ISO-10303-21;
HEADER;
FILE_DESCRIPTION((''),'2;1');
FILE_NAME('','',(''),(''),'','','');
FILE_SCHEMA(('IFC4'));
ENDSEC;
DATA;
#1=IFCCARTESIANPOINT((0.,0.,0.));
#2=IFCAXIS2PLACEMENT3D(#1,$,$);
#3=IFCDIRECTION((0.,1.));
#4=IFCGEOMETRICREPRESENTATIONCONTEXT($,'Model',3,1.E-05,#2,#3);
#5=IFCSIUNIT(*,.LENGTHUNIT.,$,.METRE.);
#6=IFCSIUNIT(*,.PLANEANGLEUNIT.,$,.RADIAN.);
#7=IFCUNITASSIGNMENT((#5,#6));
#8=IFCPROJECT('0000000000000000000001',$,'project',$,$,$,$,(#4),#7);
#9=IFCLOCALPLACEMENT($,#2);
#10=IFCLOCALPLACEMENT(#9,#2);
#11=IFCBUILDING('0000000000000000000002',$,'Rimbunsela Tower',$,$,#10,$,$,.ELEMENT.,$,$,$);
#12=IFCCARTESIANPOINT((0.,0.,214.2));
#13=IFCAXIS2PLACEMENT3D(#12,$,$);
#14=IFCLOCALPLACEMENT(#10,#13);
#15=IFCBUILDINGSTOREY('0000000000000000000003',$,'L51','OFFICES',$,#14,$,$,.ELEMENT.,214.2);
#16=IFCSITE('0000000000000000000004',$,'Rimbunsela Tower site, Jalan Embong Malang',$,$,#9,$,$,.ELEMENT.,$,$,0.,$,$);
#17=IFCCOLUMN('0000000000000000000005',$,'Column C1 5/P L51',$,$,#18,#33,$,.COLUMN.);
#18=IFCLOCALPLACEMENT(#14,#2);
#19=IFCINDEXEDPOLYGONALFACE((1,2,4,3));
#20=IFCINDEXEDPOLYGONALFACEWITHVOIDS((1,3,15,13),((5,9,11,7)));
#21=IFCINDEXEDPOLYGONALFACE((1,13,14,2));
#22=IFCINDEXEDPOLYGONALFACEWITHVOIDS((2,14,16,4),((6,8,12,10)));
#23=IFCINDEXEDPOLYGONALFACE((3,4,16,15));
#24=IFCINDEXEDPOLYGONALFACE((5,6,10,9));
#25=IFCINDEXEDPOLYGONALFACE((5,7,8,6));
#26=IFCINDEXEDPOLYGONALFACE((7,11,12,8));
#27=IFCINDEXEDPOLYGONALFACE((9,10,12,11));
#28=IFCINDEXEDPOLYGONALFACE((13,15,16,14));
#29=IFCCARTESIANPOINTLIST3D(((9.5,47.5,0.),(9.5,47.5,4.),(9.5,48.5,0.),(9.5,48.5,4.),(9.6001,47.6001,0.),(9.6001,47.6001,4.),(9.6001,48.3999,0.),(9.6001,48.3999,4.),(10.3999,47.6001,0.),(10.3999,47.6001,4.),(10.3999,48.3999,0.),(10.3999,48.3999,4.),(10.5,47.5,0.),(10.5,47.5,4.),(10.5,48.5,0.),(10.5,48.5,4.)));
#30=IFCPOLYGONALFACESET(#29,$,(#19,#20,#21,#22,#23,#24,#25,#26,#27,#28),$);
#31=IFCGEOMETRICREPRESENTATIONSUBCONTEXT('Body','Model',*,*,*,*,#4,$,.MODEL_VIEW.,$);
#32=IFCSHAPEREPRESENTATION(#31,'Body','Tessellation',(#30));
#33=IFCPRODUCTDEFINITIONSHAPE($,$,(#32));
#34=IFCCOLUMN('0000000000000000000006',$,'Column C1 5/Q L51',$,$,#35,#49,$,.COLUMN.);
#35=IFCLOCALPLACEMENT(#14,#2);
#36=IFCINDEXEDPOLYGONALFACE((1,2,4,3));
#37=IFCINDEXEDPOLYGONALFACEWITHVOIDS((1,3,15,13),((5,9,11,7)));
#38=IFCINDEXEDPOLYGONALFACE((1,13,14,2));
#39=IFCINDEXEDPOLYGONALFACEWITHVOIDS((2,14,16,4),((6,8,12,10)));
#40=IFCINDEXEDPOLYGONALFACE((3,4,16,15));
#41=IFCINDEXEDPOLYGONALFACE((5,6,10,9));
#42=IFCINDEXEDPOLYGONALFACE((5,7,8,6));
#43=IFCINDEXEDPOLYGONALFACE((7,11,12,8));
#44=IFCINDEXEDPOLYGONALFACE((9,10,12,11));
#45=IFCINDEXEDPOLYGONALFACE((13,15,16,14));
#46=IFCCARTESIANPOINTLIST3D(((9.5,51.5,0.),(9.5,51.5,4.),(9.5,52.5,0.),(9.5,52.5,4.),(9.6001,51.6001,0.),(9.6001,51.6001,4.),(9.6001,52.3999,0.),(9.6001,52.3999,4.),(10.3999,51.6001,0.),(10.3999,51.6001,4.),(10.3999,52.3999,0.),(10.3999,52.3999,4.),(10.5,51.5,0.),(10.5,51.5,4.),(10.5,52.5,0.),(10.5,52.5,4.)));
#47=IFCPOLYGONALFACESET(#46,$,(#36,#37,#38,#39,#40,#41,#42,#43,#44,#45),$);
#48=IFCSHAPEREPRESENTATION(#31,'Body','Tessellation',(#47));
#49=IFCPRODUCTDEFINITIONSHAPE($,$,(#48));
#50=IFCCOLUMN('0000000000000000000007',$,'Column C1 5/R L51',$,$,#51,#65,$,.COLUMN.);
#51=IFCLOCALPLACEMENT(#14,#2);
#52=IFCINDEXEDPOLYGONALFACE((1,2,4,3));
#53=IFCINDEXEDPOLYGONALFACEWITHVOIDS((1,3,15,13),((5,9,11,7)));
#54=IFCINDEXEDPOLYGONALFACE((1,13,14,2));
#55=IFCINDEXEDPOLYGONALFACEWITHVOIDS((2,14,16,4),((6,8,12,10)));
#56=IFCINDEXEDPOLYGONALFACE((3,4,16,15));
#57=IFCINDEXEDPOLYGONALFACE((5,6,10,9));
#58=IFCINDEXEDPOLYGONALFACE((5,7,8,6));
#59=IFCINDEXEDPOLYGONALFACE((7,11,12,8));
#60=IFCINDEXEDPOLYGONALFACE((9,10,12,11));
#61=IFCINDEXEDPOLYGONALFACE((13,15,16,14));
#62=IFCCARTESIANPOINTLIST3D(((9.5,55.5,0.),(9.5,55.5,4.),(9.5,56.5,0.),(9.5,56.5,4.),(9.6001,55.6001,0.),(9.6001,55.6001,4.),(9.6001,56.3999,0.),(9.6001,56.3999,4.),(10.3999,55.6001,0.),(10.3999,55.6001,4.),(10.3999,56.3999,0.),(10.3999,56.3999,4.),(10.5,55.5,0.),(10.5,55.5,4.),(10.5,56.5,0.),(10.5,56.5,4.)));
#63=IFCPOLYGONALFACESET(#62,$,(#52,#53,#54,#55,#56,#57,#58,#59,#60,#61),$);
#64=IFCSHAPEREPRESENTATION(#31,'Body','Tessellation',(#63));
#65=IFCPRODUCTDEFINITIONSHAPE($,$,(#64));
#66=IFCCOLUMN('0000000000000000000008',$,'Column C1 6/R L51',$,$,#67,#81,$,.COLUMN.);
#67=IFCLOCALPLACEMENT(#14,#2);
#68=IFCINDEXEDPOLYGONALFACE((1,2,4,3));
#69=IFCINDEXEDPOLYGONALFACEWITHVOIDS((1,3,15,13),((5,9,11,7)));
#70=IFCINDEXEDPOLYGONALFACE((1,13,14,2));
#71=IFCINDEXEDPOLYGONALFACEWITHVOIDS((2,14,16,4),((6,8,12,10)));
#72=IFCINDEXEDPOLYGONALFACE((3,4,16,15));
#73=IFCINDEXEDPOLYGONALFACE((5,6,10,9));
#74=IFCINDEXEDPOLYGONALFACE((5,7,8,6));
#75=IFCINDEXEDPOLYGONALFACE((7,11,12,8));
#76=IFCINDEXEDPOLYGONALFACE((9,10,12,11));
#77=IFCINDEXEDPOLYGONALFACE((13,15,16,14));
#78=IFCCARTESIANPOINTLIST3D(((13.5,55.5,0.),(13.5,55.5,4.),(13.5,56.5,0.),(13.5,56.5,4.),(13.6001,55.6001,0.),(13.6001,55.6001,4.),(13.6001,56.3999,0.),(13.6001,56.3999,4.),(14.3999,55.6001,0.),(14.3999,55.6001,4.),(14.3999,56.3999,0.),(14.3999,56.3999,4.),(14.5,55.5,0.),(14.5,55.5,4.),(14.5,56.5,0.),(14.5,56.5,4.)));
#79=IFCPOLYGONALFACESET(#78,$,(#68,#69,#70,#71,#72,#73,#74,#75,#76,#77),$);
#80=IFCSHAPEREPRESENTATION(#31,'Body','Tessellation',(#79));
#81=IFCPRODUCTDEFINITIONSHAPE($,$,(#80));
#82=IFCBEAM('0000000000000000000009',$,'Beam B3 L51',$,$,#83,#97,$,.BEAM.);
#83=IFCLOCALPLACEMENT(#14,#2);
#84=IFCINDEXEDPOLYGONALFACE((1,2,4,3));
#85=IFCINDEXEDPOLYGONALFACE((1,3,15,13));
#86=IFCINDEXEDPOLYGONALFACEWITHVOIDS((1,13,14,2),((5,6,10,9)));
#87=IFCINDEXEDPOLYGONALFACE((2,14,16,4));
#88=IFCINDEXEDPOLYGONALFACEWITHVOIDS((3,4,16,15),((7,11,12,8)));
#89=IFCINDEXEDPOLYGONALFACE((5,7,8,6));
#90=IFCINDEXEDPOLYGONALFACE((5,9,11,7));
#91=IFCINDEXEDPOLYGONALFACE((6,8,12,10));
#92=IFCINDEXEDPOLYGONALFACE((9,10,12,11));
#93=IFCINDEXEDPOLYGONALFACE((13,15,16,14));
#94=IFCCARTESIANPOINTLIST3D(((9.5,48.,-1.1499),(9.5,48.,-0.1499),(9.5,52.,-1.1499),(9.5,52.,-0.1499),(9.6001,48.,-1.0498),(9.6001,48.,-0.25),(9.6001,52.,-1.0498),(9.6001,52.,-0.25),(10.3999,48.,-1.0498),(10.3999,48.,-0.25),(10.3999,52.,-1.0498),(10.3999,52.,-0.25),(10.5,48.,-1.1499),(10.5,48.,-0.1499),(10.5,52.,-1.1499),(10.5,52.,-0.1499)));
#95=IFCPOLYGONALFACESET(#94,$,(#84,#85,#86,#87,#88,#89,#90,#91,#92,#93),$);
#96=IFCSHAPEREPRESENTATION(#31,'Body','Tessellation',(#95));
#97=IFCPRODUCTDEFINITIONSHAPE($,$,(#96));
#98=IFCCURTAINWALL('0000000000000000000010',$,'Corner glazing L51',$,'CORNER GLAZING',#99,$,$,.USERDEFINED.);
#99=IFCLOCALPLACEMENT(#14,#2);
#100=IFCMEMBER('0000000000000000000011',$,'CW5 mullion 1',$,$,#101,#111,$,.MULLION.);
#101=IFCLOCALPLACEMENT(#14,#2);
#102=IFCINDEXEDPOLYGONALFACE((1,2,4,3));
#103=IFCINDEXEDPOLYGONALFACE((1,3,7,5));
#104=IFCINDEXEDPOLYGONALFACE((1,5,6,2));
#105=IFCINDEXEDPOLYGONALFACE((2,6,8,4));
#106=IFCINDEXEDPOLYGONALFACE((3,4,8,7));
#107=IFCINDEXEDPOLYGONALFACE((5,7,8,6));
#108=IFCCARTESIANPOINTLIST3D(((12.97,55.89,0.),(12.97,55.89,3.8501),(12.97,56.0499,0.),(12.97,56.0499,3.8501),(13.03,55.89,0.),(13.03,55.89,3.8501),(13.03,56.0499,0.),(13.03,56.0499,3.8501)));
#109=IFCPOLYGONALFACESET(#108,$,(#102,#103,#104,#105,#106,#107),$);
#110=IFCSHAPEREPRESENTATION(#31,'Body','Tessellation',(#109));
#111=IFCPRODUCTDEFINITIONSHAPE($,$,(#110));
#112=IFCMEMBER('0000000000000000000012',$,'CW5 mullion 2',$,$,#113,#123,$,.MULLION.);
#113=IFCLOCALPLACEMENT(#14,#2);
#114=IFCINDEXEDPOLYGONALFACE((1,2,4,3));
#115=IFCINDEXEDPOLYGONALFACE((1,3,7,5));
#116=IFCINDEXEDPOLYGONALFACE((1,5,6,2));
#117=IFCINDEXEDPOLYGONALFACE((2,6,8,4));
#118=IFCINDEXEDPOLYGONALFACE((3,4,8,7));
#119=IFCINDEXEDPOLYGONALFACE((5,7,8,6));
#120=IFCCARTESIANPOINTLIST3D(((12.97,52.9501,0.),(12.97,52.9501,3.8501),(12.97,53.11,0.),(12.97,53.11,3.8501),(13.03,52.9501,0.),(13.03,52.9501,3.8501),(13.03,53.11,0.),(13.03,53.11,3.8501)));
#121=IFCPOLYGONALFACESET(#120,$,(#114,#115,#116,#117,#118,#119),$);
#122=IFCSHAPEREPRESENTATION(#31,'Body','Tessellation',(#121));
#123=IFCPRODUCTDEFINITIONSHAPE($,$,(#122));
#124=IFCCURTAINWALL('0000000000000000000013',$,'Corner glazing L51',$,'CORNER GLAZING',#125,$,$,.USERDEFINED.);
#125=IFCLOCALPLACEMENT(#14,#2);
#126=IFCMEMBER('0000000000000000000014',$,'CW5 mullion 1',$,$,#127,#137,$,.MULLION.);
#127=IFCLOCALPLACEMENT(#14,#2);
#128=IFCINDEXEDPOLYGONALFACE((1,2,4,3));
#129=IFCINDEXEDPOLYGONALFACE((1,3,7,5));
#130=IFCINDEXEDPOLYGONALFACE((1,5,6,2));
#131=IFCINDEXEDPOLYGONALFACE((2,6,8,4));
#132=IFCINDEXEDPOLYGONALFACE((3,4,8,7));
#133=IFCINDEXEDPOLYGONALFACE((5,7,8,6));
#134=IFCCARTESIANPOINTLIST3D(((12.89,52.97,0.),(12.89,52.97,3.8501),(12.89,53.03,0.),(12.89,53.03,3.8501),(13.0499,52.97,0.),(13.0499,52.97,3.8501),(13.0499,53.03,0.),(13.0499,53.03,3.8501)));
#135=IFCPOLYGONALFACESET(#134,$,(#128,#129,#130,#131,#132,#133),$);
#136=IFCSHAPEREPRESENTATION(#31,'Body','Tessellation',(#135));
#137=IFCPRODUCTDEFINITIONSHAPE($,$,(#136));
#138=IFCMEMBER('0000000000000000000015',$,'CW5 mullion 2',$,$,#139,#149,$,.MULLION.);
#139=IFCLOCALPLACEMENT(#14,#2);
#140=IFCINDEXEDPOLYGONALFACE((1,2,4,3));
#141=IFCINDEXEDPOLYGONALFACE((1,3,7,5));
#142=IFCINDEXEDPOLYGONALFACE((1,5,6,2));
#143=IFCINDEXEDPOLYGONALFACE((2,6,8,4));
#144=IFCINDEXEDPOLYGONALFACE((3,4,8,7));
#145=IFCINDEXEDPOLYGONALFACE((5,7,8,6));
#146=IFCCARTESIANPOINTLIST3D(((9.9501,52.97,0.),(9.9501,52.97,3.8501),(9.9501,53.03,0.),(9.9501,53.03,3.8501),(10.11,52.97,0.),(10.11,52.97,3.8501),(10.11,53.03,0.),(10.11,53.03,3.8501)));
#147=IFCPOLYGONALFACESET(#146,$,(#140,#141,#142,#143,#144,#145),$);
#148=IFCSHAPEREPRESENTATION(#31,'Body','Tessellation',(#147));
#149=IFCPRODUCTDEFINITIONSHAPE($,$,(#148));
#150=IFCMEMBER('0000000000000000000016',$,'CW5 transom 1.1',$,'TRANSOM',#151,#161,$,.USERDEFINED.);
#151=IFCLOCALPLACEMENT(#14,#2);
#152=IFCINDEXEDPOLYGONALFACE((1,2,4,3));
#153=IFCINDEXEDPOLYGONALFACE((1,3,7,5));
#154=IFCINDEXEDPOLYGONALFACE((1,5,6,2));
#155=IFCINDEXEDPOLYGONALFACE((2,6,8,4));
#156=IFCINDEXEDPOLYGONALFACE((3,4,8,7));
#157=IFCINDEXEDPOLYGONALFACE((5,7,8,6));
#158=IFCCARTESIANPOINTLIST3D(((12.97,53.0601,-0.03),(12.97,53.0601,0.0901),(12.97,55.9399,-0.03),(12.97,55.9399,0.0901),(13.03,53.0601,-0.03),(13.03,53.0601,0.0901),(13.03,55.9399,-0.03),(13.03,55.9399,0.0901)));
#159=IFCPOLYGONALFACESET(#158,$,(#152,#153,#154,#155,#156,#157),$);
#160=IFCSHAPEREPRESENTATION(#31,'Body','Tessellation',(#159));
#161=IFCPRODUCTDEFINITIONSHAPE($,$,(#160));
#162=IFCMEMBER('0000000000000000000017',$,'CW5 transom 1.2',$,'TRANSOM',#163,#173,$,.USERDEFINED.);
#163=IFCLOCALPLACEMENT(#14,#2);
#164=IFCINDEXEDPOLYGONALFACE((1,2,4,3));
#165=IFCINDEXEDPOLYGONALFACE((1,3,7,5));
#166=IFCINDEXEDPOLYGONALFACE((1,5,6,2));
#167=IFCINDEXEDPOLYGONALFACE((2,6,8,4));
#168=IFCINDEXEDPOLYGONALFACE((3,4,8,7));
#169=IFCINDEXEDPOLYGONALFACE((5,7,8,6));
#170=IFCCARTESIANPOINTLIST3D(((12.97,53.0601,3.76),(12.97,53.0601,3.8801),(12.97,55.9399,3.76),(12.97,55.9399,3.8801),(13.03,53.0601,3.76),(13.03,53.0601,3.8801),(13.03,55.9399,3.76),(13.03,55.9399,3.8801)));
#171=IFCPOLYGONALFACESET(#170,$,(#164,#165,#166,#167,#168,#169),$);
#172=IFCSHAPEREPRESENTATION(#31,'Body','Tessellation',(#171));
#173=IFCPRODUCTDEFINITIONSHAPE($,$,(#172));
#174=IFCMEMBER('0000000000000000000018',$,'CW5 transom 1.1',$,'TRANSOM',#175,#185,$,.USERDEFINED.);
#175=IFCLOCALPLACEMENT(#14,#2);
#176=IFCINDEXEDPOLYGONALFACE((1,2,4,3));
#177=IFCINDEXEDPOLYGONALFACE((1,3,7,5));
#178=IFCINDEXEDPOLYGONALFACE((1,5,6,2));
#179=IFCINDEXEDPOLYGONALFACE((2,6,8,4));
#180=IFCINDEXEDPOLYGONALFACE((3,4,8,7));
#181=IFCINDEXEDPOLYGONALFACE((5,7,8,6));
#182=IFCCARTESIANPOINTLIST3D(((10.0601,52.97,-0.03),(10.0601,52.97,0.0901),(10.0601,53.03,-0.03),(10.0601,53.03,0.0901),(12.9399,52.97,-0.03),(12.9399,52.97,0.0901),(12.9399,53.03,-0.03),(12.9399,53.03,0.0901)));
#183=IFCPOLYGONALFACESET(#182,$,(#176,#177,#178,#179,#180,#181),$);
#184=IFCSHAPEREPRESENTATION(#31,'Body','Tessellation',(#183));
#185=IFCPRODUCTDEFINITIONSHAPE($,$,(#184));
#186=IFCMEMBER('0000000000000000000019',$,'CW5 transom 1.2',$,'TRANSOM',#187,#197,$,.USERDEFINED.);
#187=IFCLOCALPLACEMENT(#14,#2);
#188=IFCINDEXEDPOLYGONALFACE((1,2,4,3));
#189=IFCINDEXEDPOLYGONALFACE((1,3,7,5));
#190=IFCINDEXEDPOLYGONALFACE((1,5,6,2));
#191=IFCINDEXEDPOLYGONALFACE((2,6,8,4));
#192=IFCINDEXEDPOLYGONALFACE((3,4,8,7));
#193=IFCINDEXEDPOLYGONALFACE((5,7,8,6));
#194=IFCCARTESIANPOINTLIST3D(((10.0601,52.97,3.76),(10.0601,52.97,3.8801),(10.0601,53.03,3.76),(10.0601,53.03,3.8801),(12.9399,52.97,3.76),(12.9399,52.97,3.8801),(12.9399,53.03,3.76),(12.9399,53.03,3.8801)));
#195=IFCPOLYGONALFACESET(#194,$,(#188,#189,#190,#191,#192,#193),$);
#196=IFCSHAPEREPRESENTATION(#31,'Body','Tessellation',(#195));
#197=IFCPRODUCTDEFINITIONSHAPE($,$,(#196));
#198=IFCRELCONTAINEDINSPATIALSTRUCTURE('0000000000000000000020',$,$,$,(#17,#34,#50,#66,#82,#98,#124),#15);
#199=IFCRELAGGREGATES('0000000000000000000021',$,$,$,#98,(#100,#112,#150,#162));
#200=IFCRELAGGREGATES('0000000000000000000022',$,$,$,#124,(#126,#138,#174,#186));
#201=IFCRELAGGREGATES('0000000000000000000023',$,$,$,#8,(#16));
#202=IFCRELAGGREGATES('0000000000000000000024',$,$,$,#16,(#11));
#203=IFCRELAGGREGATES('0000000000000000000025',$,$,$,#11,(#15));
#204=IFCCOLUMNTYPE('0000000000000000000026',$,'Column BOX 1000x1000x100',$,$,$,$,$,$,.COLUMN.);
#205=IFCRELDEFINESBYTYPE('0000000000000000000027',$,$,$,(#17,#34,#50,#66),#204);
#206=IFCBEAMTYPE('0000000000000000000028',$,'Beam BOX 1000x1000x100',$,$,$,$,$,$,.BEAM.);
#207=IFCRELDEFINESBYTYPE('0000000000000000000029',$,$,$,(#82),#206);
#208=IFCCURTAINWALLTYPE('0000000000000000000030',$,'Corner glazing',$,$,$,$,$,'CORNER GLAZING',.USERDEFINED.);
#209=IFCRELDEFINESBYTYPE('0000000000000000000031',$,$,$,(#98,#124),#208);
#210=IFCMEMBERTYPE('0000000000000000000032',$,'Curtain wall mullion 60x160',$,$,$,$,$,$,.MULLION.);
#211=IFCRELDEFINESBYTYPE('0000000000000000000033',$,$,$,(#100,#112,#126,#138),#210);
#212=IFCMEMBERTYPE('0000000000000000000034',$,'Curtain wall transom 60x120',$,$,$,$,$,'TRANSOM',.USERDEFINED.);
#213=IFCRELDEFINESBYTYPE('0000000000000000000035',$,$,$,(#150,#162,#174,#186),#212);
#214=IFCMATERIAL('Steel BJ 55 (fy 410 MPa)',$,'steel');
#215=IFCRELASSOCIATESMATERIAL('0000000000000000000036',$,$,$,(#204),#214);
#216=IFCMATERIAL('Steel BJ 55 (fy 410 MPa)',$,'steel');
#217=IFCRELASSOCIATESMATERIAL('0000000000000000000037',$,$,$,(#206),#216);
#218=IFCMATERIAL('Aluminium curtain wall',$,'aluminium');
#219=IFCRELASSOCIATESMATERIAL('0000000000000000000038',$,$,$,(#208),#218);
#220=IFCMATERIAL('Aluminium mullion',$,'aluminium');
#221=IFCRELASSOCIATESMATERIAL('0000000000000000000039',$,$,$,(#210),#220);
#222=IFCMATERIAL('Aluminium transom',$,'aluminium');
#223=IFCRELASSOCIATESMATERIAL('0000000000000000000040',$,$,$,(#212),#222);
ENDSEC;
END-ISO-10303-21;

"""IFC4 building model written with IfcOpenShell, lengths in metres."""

from ifc_helpers import new_model, si_unit, direction, frame, origin, origin_2d, place, context, subcontext, project, spatial, rectangle, hollow_rectangle, extrude, material, material_profile, profile_set, type_object, element, aggregate, save


model = new_model("IFC4")

# Units and contexts
model_context = context("Model", 3, precision=1e-05, world=origin(), true_north=direction((0.0, 1.0)))
body_context = subcontext(model_context, "Body", "Model", "MODEL_VIEW")
ifc_project = project(units=[si_unit("LENGTHUNIT", "METRE"), si_unit("PLANEANGLEUNIT", "RADIAN")], contexts=[model_context])

# Site, building, storey
site_placement = place(None, origin())
site = spatial("IfcSite", under=ifc_project, at=site_placement, Name="Rimbunsela Tower site, Jalan Embong Malang", CompositionType="ELEMENT", RefElevation=0.0)
building_placement = place(site_placement, origin())
building = spatial("IfcBuilding", under=site, at=building_placement, Name="Rimbunsela Tower", CompositionType="ELEMENT")
storey_placement = place(building_placement, frame((0.0, 0.0, 214.2)))
storey = spatial("IfcBuildingStorey", under=building, at=storey_placement, Name="L51", Description="OFFICES", CompositionType="ELEMENT", Elevation=214.2)

# Columns
ifc_material_1 = material(Name="Steel BJ 55 (fy 410 MPa)", Category="steel")
ifc_material_profile_1 = material_profile(ifc_material_1, hollow_rectangle(XDim=1.0, YDim=1.0, WallThickness=0.1001, at=origin_2d()), Name="BOX 1000x1000x100")
ifc_profile_set_1 = profile_set([ifc_material_profile_1], Name="Steel BJ 55 (fy 410 MPa)")
column_type = type_object("IfcColumnType", Name="Column BOX 1000x1000x100", PredefinedType="COLUMN", material=ifc_profile_set_1)
for number, where, z_axis, x_axis, name in (
    (1, (10.0, 48.0, 0.0), (0.0, 0.0, 1.0), (1.0, 0.0, 0.0), "Column C1 5/P L51"),
    (2, (10.0, 52.0, 0.0), (0.0, 0.0, 1.0), (1.0, 0.0, 0.0), "Column C1 5/Q L51"),
    (3, (10.0, 56.0, 0.0), (0.0, 0.0, 1.0), (1.0, 0.0, 0.0), "Column C1 5/R L51"),
    (4, (14.0, 56.0, 0.0), (0.0, 0.0, 1.0), (1.0, 0.0, 0.0), "Column C1 6/R L51"),
):
    element("IfcColumn", number, at=place(storey_placement, frame(where, z_axis=z_axis, x_axis=x_axis)), inside=storey, type_object=column_type, Name=name, PredefinedType="COLUMN", context=body_context, shape_type="SweptSolid", body=[
        extrude(hollow_rectangle(XDim=1.0, YDim=1.0, WallThickness=0.1001, at=origin_2d()), origin(), (0.0, 0.0, 1.0), 4.0),
    ])

# Beam
ifc_material_2 = material(Name="Steel BJ 55 (fy 410 MPa)", Category="steel")
ifc_material_profile_2 = material_profile(ifc_material_2, hollow_rectangle(XDim=1.0, YDim=1.0, WallThickness=0.1001, at=origin_2d()), Name="BOX 1000x1000x100")
ifc_profile_set_2 = profile_set([ifc_material_profile_2], Name="Steel BJ 55 (fy 410 MPa)")
beam_type = type_object("IfcBeamType", Name="Beam BOX 1000x1000x100", PredefinedType="BEAM", material=ifc_profile_set_2)
beam_placement = place(storey_placement, frame((10.0, 48.0, -0.6499), z_axis=(0.0, 1.0, 0.0), x_axis=(-1.0, 0.0, 0.0)))
element("IfcBeam", 5, at=beam_placement, inside=storey, type_object=beam_type, Name="Beam B3 L51", PredefinedType="BEAM", context=body_context, shape_type="SweptSolid", body=[
    extrude(hollow_rectangle(XDim=1.0, YDim=1.0, WallThickness=0.1001, at=origin_2d()), origin(), (0.0, 0.0, 1.0), 4.0),
])

# Curtain walls, members
ifc_material_3 = material(Name="Aluminium curtain wall", Category="aluminium")
curtain_wall_type = type_object("IfcCurtainWallType", Name="Corner glazing", ElementType="CORNER GLAZING", PredefinedType="USERDEFINED", material=ifc_material_3)
curtain_wall_1_placement = place(storey_placement, origin())
curtain_wall_1 = element("IfcCurtainWall", 6, at=curtain_wall_1_placement, inside=storey, type_object=curtain_wall_type, Name="Corner glazing L51", ObjectType="CORNER GLAZING", PredefinedType="USERDEFINED")
ifc_material_4 = material(Name="Aluminium mullion", Category="aluminium")
ifc_material_profile_3 = material_profile(ifc_material_4, rectangle(XDim=0.0601, YDim=0.1599, at=origin_2d()), Name="Mullion 60x160")
ifc_profile_set_3 = profile_set([ifc_material_profile_3], Name="Aluminium mullion")
member_type_1 = type_object("IfcMemberType", Name="Curtain wall mullion 60x160", PredefinedType="MULLION", material=ifc_profile_set_3)
member_1_placement = place(storey_placement, frame((13.0, 55.97, 0.0), z_axis=(0.0, 0.0, 1.0), x_axis=(1.0, 0.0, 0.0)))
member_1 = element("IfcMember", 7, at=member_1_placement, type_object=member_type_1, Name="CW5 mullion 1", PredefinedType="MULLION", context=body_context, shape_type="SweptSolid", body=[
    extrude(rectangle(XDim=0.0601, YDim=0.1599, at=origin_2d()), origin(), (0.0, 0.0, 1.0), 3.8501),
])
member_2_placement = place(storey_placement, frame((13.0, 53.03, 0.0), z_axis=(0.0, 0.0, 1.0), x_axis=(1.0, 0.0, 0.0)))
member_2 = element("IfcMember", 8, at=member_2_placement, type_object=member_type_1, Name="CW5 mullion 2", PredefinedType="MULLION", context=body_context, shape_type="SweptSolid", body=[
    extrude(rectangle(XDim=0.0601, YDim=0.1599, at=origin_2d()), origin(), (0.0, 0.0, 1.0), 3.8501),
])
curtain_wall_2_placement = place(storey_placement, origin())
curtain_wall_2 = element("IfcCurtainWall", 9, at=curtain_wall_2_placement, inside=storey, type_object=curtain_wall_type, Name="Corner glazing L51", ObjectType="CORNER GLAZING", PredefinedType="USERDEFINED")
member_3_placement = place(storey_placement, frame((12.97, 53.0, 0.0), z_axis=(0.0, 0.0, 1.0), x_axis=(0.0, -1.0, 0.0)))
member_3 = element("IfcMember", 10, at=member_3_placement, type_object=member_type_1, Name="CW5 mullion 1", PredefinedType="MULLION", context=body_context, shape_type="SweptSolid", body=[
    extrude(rectangle(XDim=0.0601, YDim=0.1599, at=origin_2d()), origin(), (0.0, 0.0, 1.0), 3.8501),
])
member_4_placement = place(storey_placement, frame((10.03, 53.0, 0.0), z_axis=(0.0, 0.0, 1.0), x_axis=(0.0, -1.0, 0.0)))
member_4 = element("IfcMember", 11, at=member_4_placement, type_object=member_type_1, Name="CW5 mullion 2", PredefinedType="MULLION", context=body_context, shape_type="SweptSolid", body=[
    extrude(rectangle(XDim=0.0601, YDim=0.1599, at=origin_2d()), origin(), (0.0, 0.0, 1.0), 3.8501),
])

# Members
ifc_material_5 = material(Name="Aluminium transom", Category="aluminium")
ifc_material_profile_4 = material_profile(ifc_material_5, rectangle(XDim=0.0601, YDim=0.1201, at=origin_2d()), Name="Transom 60x120")
ifc_profile_set_4 = profile_set([ifc_material_profile_4], Name="Aluminium transom")
member_type_2 = type_object("IfcMemberType", Name="Curtain wall transom 60x120", ElementType="TRANSOM", PredefinedType="USERDEFINED", material=ifc_profile_set_4)
member_5_placement = place(storey_placement, frame((13.0, 55.9399, 0.03), z_axis=(0.0, -1.0, 0.0), x_axis=(1.0, 0.0, 0.0)))
member_5 = element("IfcMember", 12, at=member_5_placement, type_object=member_type_2, Name="CW5 transom 1.1", ObjectType="TRANSOM", PredefinedType="USERDEFINED", context=body_context, shape_type="SweptSolid", body=[
    extrude(rectangle(XDim=0.0601, YDim=0.1201, at=origin_2d()), origin(), (0.0, 0.0, 1.0), 2.8799),
])
member_6_placement = place(storey_placement, frame((13.0, 55.9399, 3.8201), z_axis=(0.0, -1.0, 0.0), x_axis=(1.0, 0.0, 0.0)))
member_6 = element("IfcMember", 13, at=member_6_placement, type_object=member_type_2, Name="CW5 transom 1.2", ObjectType="TRANSOM", PredefinedType="USERDEFINED", context=body_context, shape_type="SweptSolid", body=[
    extrude(rectangle(XDim=0.0601, YDim=0.1201, at=origin_2d()), origin(), (0.0, 0.0, 1.0), 2.8799),
])
member_7_placement = place(storey_placement, frame((12.9399, 53.0, 0.03), z_axis=(-1.0, 0.0, 0.0), x_axis=(0.0, -1.0, 0.0)))
member_7 = element("IfcMember", 14, at=member_7_placement, type_object=member_type_2, Name="CW5 transom 1.1", ObjectType="TRANSOM", PredefinedType="USERDEFINED", context=body_context, shape_type="SweptSolid", body=[
    extrude(rectangle(XDim=0.0601, YDim=0.1201, at=origin_2d()), origin(), (0.0, 0.0, 1.0), 2.8799),
])
member_8_placement = place(storey_placement, frame((12.9399, 53.0, 3.8201), z_axis=(-1.0, 0.0, 0.0), x_axis=(0.0, -1.0, 0.0)))
member_8 = element("IfcMember", 15, at=member_8_placement, type_object=member_type_2, Name="CW5 transom 1.2", ObjectType="TRANSOM", PredefinedType="USERDEFINED", context=body_context, shape_type="SweptSolid", body=[
    extrude(rectangle(XDim=0.0601, YDim=0.1201, at=origin_2d()), origin(), (0.0, 0.0, 1.0), 2.8799),
])

aggregate(curtain_wall_1, [member_1, member_2, member_5, member_6])
aggregate(curtain_wall_2, [member_3, member_4, member_7, member_8])

save(model, "model.ifc")
